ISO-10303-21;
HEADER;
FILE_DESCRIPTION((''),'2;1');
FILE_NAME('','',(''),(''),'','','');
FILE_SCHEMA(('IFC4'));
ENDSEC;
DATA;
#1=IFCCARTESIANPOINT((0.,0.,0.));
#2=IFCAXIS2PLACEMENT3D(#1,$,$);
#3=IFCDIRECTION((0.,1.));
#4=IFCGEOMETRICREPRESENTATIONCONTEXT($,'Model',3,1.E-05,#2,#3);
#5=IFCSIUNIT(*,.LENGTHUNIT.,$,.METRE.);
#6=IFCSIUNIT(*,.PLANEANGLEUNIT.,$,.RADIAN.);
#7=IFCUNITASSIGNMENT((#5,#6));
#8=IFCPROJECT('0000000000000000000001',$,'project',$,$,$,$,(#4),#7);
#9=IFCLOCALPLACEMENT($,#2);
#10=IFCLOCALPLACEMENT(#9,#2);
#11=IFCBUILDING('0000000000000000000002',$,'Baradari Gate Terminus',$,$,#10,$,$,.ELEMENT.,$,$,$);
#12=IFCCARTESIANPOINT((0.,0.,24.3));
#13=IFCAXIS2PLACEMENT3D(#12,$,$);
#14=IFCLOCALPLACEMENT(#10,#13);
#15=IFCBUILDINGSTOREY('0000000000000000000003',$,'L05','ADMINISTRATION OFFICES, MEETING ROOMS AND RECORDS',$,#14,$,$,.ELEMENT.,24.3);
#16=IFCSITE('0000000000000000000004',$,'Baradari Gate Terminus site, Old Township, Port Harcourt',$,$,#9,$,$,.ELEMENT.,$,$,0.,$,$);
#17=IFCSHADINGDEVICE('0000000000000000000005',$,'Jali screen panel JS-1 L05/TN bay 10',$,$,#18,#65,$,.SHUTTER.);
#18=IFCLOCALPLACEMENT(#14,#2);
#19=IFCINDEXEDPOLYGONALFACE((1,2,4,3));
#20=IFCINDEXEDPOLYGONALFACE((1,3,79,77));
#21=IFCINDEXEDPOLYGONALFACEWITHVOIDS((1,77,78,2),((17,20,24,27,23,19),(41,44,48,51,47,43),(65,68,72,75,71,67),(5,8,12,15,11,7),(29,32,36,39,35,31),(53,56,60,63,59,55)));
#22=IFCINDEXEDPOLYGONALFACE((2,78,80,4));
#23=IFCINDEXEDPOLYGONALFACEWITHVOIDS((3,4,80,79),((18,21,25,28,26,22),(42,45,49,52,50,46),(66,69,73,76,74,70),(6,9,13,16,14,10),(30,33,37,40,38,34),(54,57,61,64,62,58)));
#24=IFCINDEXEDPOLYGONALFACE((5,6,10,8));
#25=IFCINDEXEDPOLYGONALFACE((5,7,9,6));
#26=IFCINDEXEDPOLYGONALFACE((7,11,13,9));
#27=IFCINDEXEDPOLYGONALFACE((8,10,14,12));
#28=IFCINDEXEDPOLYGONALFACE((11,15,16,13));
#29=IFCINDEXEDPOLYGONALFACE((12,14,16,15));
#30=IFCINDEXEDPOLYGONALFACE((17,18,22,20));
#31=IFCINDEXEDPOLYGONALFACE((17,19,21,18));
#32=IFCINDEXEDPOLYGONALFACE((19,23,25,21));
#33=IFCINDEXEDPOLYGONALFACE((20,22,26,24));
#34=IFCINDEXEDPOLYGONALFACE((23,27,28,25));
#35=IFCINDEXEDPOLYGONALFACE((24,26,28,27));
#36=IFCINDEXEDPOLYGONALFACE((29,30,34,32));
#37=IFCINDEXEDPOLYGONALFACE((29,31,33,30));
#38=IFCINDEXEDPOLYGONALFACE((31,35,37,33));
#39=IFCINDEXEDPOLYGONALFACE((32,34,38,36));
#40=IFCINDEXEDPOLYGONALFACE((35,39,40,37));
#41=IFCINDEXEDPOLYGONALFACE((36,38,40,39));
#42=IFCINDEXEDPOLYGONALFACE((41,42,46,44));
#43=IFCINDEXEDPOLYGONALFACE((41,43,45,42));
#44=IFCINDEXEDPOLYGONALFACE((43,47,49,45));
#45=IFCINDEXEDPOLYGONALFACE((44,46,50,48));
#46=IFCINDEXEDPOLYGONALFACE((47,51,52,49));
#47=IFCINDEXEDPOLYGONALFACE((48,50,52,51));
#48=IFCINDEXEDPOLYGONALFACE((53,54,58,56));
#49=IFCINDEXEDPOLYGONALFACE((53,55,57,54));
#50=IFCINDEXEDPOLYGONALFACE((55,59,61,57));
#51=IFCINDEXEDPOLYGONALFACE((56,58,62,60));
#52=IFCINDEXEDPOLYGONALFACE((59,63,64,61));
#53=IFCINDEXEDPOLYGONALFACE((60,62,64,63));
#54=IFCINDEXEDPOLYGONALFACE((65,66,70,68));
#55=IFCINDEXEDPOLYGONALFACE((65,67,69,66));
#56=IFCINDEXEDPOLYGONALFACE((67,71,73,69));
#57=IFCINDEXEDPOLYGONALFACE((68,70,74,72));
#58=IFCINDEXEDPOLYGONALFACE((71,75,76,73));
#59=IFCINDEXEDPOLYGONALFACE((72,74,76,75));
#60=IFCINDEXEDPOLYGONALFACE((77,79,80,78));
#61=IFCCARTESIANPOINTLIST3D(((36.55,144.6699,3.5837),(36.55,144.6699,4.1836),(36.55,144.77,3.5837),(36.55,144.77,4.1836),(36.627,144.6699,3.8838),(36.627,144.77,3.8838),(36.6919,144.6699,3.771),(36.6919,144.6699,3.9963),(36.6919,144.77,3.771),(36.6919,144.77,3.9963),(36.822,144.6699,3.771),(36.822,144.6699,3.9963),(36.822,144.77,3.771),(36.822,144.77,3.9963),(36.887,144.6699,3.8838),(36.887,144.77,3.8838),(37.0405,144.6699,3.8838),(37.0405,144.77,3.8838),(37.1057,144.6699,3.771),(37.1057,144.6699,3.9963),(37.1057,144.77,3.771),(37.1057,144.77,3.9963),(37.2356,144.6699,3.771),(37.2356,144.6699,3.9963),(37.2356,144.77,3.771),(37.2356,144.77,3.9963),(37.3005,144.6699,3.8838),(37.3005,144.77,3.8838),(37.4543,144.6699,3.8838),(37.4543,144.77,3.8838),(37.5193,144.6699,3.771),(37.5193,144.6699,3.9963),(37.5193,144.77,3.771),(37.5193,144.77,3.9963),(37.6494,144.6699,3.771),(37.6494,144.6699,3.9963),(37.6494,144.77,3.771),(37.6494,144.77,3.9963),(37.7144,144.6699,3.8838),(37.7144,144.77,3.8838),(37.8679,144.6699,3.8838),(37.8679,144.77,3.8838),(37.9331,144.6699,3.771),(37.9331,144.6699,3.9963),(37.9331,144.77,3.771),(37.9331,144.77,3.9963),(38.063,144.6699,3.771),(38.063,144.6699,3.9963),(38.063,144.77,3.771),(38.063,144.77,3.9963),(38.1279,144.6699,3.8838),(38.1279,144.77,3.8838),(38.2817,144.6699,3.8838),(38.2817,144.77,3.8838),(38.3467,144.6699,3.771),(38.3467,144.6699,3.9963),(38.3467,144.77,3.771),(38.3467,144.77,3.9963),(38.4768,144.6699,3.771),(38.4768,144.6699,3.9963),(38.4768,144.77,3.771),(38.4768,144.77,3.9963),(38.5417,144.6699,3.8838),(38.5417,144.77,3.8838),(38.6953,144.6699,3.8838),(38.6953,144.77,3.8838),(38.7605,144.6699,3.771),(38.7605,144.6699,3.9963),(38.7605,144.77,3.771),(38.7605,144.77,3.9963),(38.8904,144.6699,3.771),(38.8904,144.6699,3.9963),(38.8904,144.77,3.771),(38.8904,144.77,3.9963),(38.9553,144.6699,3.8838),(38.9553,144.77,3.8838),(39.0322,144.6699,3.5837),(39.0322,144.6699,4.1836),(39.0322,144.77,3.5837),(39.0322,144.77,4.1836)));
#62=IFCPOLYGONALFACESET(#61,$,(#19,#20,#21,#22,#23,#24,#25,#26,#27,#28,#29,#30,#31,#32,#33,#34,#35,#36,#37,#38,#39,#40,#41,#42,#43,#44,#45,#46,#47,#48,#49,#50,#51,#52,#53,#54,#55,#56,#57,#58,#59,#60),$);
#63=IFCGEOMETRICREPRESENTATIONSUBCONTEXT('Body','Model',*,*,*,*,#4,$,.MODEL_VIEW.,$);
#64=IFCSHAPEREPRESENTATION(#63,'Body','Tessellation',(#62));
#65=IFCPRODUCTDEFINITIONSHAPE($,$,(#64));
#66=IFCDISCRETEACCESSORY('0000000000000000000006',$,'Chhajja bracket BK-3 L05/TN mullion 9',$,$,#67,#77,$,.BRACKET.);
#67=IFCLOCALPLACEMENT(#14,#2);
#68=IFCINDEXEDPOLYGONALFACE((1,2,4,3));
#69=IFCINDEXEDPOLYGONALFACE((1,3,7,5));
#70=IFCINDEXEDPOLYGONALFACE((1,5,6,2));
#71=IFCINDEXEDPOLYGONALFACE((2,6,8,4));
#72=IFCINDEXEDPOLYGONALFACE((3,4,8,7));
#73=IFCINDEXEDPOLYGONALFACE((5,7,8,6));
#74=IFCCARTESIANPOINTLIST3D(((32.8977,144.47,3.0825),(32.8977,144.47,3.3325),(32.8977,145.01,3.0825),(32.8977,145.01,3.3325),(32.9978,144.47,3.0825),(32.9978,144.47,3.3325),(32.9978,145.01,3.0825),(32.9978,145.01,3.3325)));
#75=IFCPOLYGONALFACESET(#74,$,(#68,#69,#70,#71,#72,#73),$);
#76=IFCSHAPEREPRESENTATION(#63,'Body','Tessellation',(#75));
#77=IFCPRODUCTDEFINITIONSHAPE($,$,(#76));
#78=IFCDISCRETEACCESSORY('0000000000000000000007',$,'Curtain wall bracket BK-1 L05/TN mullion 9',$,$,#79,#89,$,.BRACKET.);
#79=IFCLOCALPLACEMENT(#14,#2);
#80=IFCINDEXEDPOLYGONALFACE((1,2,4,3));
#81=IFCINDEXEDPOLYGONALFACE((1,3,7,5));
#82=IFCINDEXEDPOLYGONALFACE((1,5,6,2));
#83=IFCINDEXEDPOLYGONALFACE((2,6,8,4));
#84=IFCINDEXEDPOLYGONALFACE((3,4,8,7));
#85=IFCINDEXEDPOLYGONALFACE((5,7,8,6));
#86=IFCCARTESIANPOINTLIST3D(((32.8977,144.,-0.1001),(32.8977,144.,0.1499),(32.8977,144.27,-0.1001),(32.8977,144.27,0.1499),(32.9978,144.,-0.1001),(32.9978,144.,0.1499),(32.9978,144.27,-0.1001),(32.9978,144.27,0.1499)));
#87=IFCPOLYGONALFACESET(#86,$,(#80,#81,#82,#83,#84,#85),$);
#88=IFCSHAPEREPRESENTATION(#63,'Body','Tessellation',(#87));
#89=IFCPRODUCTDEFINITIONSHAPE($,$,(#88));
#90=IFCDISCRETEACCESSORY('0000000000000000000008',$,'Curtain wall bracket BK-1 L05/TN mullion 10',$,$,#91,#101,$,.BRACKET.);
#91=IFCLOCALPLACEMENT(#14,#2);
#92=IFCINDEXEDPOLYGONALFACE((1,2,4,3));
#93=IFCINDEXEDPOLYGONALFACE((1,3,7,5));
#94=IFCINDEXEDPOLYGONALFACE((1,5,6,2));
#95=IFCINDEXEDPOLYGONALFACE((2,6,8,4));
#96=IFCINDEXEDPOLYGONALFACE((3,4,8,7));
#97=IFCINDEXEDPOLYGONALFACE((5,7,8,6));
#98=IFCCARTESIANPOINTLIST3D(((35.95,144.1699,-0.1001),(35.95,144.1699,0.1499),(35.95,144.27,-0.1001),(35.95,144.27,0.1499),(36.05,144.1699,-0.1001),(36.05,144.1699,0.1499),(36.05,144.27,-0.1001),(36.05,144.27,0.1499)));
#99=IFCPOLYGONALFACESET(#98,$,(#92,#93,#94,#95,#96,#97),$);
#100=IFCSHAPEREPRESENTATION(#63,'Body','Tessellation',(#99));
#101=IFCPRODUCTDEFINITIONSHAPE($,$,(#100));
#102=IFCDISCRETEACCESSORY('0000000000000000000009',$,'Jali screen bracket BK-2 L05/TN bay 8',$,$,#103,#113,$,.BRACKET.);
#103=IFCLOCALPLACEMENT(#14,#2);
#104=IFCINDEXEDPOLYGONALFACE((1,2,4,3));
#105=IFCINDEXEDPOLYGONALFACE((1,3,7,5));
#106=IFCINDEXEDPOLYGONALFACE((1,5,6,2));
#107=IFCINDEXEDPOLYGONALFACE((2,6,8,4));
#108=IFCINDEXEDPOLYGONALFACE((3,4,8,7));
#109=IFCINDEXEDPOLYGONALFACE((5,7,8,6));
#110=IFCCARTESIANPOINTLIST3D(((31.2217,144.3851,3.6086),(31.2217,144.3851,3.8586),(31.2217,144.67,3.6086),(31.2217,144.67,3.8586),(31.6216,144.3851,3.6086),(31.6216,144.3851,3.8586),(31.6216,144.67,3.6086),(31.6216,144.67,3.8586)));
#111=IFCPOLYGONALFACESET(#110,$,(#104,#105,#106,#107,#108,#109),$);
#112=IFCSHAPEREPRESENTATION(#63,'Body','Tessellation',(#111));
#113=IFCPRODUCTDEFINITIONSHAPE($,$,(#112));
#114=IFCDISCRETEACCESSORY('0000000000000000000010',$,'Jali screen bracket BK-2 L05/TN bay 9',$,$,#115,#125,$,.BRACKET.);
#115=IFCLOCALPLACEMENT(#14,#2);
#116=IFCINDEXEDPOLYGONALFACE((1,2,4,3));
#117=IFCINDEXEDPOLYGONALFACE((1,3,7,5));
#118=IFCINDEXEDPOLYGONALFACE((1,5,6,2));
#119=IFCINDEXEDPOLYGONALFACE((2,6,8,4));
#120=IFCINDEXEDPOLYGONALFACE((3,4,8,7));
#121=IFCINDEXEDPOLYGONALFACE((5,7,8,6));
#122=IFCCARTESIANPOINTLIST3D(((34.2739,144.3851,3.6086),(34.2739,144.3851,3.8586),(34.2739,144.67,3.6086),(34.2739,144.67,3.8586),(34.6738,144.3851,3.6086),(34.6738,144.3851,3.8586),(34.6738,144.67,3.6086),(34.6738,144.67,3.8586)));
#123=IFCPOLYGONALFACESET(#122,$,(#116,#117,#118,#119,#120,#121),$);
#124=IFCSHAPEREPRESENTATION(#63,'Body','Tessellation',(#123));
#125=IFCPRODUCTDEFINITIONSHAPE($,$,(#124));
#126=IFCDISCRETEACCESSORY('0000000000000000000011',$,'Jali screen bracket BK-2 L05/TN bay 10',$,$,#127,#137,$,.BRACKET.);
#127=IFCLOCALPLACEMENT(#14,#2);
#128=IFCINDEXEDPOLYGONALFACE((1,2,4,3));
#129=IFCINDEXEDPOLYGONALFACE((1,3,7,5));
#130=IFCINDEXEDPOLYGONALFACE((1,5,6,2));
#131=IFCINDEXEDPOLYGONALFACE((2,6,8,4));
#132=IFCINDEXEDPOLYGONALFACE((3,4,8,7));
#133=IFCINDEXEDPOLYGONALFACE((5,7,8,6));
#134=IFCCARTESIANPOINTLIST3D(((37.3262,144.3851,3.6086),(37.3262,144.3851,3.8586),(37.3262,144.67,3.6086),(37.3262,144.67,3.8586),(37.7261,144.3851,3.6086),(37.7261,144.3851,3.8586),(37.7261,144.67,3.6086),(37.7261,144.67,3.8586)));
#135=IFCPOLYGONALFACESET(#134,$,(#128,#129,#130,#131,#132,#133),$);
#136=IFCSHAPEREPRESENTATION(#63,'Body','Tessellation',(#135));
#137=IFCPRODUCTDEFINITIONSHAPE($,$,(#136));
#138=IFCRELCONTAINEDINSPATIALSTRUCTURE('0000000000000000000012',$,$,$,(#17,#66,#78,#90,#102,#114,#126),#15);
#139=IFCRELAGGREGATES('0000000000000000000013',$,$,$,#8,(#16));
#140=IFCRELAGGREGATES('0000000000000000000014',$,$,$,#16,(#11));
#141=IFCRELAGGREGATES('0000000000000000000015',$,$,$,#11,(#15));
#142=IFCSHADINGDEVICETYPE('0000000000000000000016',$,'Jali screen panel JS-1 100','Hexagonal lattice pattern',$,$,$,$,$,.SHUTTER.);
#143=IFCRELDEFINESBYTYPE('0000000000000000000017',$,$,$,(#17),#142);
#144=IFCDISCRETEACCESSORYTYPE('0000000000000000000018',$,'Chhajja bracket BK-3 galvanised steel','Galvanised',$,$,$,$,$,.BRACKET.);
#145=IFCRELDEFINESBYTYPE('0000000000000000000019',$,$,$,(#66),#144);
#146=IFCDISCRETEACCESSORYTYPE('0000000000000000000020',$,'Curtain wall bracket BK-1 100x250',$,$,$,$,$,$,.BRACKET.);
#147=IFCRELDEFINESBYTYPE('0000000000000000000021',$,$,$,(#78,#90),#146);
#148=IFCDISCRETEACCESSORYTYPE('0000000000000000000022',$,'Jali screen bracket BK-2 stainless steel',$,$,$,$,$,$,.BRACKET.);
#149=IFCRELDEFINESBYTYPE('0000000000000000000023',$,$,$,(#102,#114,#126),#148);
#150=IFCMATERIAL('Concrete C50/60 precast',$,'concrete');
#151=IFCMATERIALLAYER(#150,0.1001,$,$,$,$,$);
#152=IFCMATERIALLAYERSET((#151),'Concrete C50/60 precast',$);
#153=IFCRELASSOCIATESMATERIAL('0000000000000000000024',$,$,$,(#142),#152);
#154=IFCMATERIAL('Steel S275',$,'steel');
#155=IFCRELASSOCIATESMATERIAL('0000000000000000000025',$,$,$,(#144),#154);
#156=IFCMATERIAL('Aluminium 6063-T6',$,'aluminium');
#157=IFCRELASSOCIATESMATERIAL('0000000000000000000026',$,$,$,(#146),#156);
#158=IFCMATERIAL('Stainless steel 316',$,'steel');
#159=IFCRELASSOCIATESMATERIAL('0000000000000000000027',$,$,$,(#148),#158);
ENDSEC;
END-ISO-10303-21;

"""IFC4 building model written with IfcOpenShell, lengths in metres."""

from ifc_helpers import new_model, si_unit, direction, frame, origin, origin_2d, place, context, subcontext, project, spatial, polyline, rectangle, outline, extrude, material, layer, layer_set, type_object, element, save


model = new_model("IFC4")

# Units and contexts
model_context = context("Model", 3, precision=1e-05, world=origin(), true_north=direction((0.0, 1.0)))
body_context = subcontext(model_context, "Body", "Model", "MODEL_VIEW")
ifc_project = project(units=[si_unit("LENGTHUNIT", "METRE"), si_unit("PLANEANGLEUNIT", "RADIAN")], contexts=[model_context])

# Site, building, storey
site_placement = place(None, origin())
site = spatial("IfcSite", under=ifc_project, at=site_placement, Name="Baradari Gate Terminus site, Old Township, Port Harcourt", CompositionType="ELEMENT", RefElevation=0.0)
building_placement = place(site_placement, origin())
building = spatial("IfcBuilding", under=site, at=building_placement, Name="Baradari Gate Terminus", CompositionType="ELEMENT")
storey_placement = place(building_placement, frame((0.0, 0.0, 24.3)))
storey = spatial("IfcBuildingStorey", under=building, at=storey_placement, Name="L05", Description="ADMINISTRATION OFFICES, MEETING ROOMS AND RECORDS", CompositionType="ELEMENT", Elevation=24.3)

# Shading device
ifc_material_1 = material(Name="Concrete C50/60 precast", Category="concrete")
ifc_layer_1 = layer(ifc_material_1, 0.1001)
ifc_layer_set_1 = layer_set([ifc_layer_1], Name="Concrete C50/60 precast")
shading_device_type_1 = type_object("IfcShadingDeviceType", Name="Jali screen panel JS-1 100", Description="Hexagonal lattice pattern", PredefinedType="SHUTTER", material=ifc_layer_set_1)
for number, where, z_axis, x_axis, name in (
    (1, (36.55, 144.72, 3.5837), (0.0, 0.0, 1.0), (1.0, 0.0, 0.0), "Jali screen panel JS-1 L05/TN bay 10"),
):
    element("IfcShadingDevice", number, at=place(storey_placement, frame(where, z_axis=z_axis, x_axis=x_axis)), inside=storey, type_object=shading_device_type_1, Name=name, PredefinedType="SHUTTER", context=body_context, shape_type="SweptSolid", body=[
        extrude(outline(polyline([(0.0, 0.0), (2.4822, 0.0), (2.4822, 0.5999), (0.0, 0.5999), (0.0, 0.0)]), holes=[polyline([(0.3369, 0.3), (0.272, 0.1873), (0.1418, 0.1873), (0.0769, 0.3), (0.1418, 0.4126), (0.272, 0.4126), (0.3369, 0.3)]), polyline([(0.7505, 0.3), (0.6855, 0.1873), (0.5557, 0.1873), (0.4905, 0.3), (0.5557, 0.4126), (0.6855, 0.4126), (0.7505, 0.3)]), polyline([(1.1643, 0.3), (1.0994, 0.1873), (0.9692, 0.1873), (0.9043, 0.3), (0.9692, 0.4126), (1.0994, 0.4126), (1.1643, 0.3)]), polyline([(1.5779, 0.3), (1.5129, 0.1873), (1.3831, 0.1873), (1.3179, 0.3), (1.3831, 0.4126), (1.5129, 0.4126), (1.5779, 0.3)]), polyline([(1.9917, 0.3), (1.9268, 0.1873), (1.7966, 0.1873), (1.7317, 0.3), (1.7966, 0.4126), (1.9268, 0.4126), (1.9917, 0.3)]), polyline([(2.4053, 0.3), (2.3403, 0.1873), (2.2104, 0.1873), (2.1453, 0.3), (2.2104, 0.4126), (2.3403, 0.4126), (2.4053, 0.3)])]), frame((0.0, 0.05, 0.0), z_axis=(0.0, -1.0, 0.0), x_axis=(1.0, 0.0, 0.0)), (0.0, 0.0, 1.0), 0.1001),
    ])

# Discrete accessories
ifc_material_2 = material(Name="Steel S275", Category="steel")
discrete_accessory_type_1 = type_object("IfcDiscreteAccessoryType", Name="Chhajja bracket BK-3 galvanised steel", Description="Galvanised", PredefinedType="BRACKET", material=ifc_material_2)
discrete_accessory_1_placement = place(storey_placement, frame((32.9478, 144.74, 3.0825), z_axis=(0.0, 0.0, 1.0), x_axis=(0.0, 1.0, 0.0)))
element("IfcDiscreteAccessory", 2, at=discrete_accessory_1_placement, inside=storey, type_object=discrete_accessory_type_1, Name="Chhajja bracket BK-3 L05/TN mullion 9", PredefinedType="BRACKET", context=body_context, shape_type="SweptSolid", body=[
    extrude(rectangle(XDim=0.54, YDim=0.1001, at=origin_2d()), origin(), (0.0, 0.0, 1.0), 0.25),
])
ifc_material_3 = material(Name="Aluminium 6063-T6", Category="aluminium")
discrete_accessory_type_2 = type_object("IfcDiscreteAccessoryType", Name="Curtain wall bracket BK-1 100x250", PredefinedType="BRACKET", material=ifc_material_3)
discrete_accessory_2_placement = place(storey_placement, frame((32.9478, 144.135, -0.1001), z_axis=(0.0, 0.0, 1.0), x_axis=(0.0, 1.0, 0.0)))
element("IfcDiscreteAccessory", 3, at=discrete_accessory_2_placement, inside=storey, type_object=discrete_accessory_type_2, Name="Curtain wall bracket BK-1 L05/TN mullion 9", PredefinedType="BRACKET", context=body_context, shape_type="SweptSolid", body=[
    extrude(rectangle(XDim=0.27, YDim=0.1001, at=origin_2d()), origin(), (0.0, 0.0, 1.0), 0.25),
])
discrete_accessory_3_placement = place(storey_placement, frame((36.0, 144.22, -0.1001), z_axis=(0.0, 0.0, 1.0), x_axis=(0.0, 1.0, 0.0)))
element("IfcDiscreteAccessory", 4, at=discrete_accessory_3_placement, inside=storey, type_object=discrete_accessory_type_2, Name="Curtain wall bracket BK-1 L05/TN mullion 10", PredefinedType="BRACKET", context=body_context, shape_type="SweptSolid", body=[
    extrude(rectangle(XDim=0.1001, YDim=0.1001, at=origin_2d()), origin(), (0.0, 0.0, 1.0), 0.25),
])
ifc_material_4 = material(Name="Stainless steel 316", Category="steel")
discrete_accessory_type_3 = type_object("IfcDiscreteAccessoryType", Name="Jali screen bracket BK-2 stainless steel", PredefinedType="BRACKET", material=ifc_material_4)
for number, where, z_axis, x_axis, name in (
    (5, (31.4216, 144.5276, 3.6086), (0.0, 0.0, 1.0), (0.0, 1.0, 0.0), "Jali screen bracket BK-2 L05/TN bay 8"),
    (6, (34.4739, 144.5276, 3.6086), (0.0, 0.0, 1.0), (0.0, 1.0, 0.0), "Jali screen bracket BK-2 L05/TN bay 9"),
    (7, (37.5261, 144.5276, 3.6086), (0.0, 0.0, 1.0), (0.0, 1.0, 0.0), "Jali screen bracket BK-2 L05/TN bay 10"),
):
    element("IfcDiscreteAccessory", number, at=place(storey_placement, frame(where, z_axis=z_axis, x_axis=x_axis)), inside=storey, type_object=discrete_accessory_type_3, Name=name, PredefinedType="BRACKET", context=body_context, shape_type="SweptSolid", body=[
        extrude(rectangle(XDim=0.2849, YDim=0.3999, at=origin_2d()), origin(), (0.0, 0.0, 1.0), 0.25),
    ])

save(model, "model.ifc")
